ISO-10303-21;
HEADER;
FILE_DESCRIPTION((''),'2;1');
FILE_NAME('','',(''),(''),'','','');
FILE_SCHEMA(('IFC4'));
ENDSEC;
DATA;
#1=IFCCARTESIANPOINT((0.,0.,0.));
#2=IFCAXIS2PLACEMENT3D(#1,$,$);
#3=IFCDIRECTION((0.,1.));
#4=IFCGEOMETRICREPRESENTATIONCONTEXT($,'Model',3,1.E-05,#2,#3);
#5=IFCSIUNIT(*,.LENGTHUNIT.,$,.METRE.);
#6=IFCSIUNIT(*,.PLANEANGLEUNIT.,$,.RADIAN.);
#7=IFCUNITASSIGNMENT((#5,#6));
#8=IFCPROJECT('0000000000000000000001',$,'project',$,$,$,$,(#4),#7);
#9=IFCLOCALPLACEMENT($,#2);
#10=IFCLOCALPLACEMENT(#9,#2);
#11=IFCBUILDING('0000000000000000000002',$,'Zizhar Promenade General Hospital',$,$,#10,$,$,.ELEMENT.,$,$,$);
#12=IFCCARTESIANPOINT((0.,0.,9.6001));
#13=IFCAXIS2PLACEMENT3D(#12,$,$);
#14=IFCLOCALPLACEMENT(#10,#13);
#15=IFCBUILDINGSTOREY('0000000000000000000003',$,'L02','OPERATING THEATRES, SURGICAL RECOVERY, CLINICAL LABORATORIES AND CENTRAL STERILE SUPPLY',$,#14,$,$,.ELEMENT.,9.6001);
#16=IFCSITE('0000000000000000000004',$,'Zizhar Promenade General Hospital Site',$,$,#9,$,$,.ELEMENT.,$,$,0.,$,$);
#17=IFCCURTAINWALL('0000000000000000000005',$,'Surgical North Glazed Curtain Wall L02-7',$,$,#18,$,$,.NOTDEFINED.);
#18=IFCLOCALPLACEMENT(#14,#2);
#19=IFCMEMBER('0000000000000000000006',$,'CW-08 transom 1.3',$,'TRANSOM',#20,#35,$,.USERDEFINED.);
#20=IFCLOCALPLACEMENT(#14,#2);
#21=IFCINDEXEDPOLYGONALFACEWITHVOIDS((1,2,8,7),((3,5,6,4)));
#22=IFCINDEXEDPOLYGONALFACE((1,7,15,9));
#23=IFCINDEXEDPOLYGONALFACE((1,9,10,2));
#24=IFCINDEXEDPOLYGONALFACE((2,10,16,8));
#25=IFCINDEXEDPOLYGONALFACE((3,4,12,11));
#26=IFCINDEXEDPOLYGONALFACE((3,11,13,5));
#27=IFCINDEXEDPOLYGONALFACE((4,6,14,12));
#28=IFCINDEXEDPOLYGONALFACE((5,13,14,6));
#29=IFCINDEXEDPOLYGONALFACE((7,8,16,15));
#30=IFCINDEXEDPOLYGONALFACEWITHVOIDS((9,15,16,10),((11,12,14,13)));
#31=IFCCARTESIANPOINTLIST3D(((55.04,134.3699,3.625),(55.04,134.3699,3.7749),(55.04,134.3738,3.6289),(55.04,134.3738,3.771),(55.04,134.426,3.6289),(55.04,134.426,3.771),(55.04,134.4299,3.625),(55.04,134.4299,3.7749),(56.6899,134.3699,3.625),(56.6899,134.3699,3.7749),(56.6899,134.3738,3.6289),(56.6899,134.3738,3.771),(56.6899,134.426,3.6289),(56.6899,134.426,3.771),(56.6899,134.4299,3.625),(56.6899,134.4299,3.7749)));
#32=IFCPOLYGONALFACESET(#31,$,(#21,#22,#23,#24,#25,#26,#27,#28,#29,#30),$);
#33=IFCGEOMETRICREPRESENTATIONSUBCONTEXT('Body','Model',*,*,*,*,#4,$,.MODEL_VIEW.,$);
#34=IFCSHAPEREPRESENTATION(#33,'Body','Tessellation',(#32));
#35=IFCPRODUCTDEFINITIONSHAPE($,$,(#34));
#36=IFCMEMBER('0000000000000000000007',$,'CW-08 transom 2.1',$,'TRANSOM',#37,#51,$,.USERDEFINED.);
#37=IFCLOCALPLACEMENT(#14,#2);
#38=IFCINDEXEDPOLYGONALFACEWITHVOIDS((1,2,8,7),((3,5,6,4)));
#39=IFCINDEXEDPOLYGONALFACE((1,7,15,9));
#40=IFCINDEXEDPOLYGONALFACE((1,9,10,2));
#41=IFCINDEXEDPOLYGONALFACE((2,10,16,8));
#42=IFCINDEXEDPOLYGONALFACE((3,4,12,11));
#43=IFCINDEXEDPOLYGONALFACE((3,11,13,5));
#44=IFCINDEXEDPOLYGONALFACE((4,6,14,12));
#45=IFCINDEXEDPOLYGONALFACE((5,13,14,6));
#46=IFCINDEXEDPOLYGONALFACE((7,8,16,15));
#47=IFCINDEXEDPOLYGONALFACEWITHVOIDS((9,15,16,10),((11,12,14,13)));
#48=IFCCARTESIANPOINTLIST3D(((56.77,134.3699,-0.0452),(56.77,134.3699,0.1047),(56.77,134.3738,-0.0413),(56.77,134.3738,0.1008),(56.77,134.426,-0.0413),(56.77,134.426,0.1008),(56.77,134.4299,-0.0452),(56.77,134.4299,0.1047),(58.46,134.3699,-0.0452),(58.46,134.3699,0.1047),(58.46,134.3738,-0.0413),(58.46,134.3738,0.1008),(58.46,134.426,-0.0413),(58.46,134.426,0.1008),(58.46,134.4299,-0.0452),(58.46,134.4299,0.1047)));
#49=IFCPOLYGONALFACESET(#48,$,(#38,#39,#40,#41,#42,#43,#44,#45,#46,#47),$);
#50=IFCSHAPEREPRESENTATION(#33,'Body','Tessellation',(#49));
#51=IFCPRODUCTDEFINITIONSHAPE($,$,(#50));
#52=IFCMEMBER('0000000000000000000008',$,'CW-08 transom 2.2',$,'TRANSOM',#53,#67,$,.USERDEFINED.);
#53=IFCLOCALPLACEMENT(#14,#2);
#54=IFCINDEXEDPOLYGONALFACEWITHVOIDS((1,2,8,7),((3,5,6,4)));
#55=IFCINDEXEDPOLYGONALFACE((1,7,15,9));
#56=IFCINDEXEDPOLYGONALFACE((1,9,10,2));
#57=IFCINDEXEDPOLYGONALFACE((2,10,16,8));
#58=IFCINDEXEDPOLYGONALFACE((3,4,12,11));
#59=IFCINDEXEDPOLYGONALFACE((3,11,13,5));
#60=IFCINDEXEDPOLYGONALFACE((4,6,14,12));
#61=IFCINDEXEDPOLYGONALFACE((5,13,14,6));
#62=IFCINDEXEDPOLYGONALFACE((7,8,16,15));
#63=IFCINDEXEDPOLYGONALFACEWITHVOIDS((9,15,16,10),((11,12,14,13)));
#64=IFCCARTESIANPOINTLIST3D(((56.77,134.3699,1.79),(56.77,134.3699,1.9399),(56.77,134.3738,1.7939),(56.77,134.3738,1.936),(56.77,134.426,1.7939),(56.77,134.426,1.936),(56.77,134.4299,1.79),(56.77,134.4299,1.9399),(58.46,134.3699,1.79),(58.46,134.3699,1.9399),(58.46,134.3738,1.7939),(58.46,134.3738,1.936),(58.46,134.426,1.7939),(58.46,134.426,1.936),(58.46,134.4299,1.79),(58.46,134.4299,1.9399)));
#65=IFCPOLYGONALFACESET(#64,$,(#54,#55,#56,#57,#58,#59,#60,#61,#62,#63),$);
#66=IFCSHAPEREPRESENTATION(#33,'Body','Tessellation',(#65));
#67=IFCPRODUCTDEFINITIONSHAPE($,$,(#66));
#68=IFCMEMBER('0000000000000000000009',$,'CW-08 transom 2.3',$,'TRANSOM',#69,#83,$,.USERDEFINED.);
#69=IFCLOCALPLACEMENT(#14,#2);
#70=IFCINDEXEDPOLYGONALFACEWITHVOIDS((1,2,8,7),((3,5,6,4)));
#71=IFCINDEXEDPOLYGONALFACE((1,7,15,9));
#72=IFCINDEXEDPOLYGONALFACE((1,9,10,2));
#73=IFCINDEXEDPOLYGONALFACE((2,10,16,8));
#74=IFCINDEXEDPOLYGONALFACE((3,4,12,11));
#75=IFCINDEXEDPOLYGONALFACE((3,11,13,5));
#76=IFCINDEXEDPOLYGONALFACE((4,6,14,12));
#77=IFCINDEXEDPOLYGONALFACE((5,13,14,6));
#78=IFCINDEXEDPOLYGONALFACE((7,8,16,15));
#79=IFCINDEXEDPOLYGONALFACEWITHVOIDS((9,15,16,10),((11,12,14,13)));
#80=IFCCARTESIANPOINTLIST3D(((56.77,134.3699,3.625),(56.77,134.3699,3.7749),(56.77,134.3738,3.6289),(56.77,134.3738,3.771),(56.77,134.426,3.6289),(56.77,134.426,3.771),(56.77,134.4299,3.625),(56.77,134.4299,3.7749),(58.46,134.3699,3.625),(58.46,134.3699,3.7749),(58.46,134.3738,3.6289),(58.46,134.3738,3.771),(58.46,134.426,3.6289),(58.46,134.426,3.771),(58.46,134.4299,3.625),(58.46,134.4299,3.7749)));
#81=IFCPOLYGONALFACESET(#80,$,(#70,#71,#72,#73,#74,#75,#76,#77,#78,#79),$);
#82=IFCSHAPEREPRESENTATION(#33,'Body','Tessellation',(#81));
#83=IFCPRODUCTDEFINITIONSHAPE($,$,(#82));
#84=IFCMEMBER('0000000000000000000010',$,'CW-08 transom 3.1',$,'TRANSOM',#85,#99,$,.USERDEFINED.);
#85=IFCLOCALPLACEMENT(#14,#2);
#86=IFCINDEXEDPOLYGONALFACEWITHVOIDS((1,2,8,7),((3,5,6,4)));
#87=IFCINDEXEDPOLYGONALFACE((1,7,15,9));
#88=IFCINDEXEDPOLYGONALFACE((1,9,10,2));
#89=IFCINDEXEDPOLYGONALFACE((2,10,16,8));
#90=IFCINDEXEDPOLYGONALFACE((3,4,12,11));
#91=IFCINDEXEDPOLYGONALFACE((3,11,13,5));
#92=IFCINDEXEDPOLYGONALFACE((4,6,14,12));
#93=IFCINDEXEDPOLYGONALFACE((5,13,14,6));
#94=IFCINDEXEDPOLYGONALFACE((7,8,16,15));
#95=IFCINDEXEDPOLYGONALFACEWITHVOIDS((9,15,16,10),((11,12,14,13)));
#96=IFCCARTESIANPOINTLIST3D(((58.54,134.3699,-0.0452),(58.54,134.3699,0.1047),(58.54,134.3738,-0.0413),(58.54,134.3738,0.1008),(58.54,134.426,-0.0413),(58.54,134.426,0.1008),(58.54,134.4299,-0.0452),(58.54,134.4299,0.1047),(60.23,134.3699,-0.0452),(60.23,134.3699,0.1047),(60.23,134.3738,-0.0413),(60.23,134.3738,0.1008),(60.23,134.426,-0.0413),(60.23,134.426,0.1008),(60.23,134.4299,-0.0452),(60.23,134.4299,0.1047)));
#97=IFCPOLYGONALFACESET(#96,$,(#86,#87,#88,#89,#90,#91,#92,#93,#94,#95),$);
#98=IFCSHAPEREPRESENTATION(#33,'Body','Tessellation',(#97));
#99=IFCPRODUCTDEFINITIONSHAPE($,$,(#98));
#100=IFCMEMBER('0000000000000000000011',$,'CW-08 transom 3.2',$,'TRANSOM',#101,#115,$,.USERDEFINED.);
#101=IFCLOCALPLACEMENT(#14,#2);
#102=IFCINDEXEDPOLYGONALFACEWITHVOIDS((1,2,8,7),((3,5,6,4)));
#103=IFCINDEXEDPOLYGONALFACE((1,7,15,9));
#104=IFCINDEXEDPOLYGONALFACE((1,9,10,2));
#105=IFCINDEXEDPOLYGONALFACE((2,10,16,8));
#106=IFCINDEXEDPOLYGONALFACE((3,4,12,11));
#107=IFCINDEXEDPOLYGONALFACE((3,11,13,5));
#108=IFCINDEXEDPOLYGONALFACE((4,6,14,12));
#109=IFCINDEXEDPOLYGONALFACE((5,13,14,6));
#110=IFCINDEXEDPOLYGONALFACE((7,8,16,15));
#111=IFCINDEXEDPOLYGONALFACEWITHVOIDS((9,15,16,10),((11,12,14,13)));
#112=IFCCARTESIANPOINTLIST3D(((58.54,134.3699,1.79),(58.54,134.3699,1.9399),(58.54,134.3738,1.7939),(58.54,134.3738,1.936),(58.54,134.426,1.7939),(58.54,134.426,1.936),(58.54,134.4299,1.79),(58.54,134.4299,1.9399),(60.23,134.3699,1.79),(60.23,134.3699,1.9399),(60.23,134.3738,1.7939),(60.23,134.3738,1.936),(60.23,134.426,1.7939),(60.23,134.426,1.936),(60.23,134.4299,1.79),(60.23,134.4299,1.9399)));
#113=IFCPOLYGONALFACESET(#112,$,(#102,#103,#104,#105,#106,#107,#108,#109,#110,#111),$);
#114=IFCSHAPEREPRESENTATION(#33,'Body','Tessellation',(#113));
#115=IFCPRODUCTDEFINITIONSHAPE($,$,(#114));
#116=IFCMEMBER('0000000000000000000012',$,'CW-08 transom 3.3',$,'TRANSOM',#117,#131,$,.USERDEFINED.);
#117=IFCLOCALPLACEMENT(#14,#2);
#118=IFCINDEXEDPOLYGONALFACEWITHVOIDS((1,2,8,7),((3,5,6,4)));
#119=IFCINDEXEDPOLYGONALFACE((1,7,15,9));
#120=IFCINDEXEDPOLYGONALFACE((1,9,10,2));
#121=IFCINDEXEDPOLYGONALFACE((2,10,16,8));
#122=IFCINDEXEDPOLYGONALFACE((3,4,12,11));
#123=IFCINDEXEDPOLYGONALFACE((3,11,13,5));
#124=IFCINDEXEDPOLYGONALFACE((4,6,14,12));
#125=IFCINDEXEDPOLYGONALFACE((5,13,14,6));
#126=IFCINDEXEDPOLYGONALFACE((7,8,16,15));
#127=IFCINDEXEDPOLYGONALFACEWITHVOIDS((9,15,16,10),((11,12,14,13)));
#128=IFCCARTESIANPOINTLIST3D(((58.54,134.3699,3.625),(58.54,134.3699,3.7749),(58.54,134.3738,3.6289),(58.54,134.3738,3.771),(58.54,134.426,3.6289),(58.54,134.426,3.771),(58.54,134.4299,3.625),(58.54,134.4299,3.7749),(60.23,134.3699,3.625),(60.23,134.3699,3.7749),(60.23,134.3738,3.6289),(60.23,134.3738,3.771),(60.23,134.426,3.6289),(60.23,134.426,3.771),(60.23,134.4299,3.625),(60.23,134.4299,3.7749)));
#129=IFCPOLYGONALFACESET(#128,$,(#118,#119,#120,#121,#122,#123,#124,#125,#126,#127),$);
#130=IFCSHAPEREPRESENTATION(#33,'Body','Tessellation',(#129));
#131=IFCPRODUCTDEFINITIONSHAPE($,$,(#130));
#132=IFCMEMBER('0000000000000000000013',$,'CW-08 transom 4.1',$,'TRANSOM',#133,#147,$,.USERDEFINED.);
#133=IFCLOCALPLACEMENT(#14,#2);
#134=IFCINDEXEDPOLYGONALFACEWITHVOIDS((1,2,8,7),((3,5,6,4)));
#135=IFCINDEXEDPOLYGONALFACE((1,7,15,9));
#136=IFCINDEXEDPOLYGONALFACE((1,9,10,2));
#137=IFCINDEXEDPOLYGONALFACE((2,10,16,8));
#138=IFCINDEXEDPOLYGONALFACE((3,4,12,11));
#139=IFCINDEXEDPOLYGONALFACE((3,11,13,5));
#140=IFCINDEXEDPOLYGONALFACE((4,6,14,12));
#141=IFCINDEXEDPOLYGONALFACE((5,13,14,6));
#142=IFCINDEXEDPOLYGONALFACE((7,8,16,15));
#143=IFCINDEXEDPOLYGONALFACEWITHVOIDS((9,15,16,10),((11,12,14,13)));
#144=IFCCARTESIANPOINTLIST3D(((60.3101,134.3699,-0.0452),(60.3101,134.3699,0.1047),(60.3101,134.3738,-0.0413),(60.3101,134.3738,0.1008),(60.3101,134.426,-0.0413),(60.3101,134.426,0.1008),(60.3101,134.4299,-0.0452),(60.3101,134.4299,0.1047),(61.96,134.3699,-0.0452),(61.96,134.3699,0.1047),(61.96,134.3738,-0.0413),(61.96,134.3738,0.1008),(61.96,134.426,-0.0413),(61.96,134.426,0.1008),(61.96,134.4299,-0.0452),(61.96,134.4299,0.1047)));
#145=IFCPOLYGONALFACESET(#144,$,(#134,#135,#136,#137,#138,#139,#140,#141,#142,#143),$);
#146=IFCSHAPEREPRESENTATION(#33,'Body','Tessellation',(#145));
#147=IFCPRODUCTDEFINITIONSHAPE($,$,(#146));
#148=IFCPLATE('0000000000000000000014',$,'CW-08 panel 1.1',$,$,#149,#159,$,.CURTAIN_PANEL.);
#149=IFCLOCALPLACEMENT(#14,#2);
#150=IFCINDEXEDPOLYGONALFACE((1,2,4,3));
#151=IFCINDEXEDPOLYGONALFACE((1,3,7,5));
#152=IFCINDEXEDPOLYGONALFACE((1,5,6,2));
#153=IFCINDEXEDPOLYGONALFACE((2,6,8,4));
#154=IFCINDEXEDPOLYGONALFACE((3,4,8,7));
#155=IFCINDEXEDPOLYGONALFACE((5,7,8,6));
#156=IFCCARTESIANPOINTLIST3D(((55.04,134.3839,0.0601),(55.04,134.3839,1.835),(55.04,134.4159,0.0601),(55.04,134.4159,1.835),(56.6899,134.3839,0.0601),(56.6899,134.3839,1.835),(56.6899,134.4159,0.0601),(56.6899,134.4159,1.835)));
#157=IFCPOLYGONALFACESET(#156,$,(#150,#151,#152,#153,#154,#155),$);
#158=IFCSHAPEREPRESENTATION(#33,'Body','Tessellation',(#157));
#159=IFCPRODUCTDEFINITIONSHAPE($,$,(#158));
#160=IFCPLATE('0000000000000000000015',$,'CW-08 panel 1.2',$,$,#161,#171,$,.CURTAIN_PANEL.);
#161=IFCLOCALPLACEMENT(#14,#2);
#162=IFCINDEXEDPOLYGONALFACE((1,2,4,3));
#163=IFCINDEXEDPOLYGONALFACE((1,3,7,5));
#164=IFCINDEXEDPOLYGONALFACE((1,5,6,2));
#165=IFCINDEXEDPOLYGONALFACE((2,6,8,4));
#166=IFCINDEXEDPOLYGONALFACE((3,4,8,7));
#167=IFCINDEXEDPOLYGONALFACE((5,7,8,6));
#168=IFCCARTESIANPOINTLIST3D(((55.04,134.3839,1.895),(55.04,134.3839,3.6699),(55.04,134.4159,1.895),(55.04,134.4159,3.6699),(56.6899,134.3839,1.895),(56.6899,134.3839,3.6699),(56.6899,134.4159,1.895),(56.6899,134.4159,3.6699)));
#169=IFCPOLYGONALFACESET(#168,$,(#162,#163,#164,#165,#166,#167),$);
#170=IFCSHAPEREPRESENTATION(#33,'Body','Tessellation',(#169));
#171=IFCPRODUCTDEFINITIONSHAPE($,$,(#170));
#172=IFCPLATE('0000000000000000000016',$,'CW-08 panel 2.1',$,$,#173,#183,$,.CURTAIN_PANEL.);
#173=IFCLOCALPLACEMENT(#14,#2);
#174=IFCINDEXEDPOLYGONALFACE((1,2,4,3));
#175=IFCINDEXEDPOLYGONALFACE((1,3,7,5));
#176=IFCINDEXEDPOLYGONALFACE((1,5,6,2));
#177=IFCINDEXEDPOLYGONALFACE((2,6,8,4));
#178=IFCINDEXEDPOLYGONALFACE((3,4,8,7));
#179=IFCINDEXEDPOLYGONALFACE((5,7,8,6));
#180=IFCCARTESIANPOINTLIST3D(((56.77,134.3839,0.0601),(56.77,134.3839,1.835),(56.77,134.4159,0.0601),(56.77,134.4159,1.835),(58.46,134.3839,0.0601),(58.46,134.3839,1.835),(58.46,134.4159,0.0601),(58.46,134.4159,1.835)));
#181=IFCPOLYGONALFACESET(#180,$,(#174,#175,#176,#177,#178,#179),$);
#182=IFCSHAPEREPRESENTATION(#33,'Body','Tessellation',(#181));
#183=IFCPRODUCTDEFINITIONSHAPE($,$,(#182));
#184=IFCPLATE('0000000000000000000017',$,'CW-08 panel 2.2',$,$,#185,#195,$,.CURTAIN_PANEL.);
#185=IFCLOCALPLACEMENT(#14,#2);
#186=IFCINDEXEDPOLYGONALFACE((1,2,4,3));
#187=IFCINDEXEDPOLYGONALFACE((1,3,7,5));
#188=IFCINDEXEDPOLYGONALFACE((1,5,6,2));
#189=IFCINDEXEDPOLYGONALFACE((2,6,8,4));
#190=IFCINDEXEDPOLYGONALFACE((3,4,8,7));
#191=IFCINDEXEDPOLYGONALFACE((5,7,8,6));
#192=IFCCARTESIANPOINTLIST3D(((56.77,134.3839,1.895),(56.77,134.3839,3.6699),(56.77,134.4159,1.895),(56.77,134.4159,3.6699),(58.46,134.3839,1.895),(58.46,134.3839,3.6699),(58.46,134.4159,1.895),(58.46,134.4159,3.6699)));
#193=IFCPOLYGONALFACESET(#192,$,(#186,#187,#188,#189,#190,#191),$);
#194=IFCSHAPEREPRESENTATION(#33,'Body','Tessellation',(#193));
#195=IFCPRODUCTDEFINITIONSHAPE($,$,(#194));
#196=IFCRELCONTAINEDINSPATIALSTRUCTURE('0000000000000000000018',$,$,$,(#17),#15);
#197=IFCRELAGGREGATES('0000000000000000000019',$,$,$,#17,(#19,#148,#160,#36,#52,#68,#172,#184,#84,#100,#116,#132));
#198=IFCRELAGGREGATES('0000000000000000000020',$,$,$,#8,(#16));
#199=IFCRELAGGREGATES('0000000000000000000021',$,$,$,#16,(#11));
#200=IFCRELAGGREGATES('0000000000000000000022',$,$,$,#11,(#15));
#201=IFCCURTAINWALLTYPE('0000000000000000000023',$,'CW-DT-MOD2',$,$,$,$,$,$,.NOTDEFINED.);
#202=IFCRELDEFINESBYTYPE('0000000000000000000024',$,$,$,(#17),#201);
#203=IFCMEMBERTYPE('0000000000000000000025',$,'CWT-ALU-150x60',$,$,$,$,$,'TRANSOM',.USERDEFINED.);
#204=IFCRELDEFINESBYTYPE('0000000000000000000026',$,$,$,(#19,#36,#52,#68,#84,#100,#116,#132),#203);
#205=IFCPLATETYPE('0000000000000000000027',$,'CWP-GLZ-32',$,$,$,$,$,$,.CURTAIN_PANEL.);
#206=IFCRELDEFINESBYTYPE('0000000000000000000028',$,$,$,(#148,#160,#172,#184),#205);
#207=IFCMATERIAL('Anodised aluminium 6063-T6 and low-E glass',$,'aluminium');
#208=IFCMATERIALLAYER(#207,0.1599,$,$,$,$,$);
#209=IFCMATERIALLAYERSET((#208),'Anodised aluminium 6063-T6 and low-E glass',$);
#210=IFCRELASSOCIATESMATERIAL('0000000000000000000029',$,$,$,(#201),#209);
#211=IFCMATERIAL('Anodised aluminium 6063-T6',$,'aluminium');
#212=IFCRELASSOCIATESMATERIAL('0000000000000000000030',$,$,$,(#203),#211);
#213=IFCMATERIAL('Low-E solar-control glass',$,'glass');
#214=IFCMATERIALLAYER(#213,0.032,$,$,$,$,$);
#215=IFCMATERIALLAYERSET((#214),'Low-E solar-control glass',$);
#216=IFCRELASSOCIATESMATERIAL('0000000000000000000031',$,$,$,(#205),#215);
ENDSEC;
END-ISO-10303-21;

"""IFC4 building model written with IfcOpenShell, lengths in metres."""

from ifc_helpers import new_model, si_unit, direction, frame, origin, origin_2d, place, context, subcontext, project, spatial, rectangle, hollow_rectangle, extrude, material, layer, layer_set, material_profile, profile_set, type_object, element, aggregate, save


model = new_model("IFC4")

# Units and contexts
model_context = context("Model", 3, precision=1e-05, world=origin(), true_north=direction((0.0, 1.0)))
body_context = subcontext(model_context, "Body", "Model", "MODEL_VIEW")
ifc_project = project(units=[si_unit("LENGTHUNIT", "METRE"), si_unit("PLANEANGLEUNIT", "RADIAN")], contexts=[model_context])

# Site, building, storey
site_placement = place(None, origin())
site = spatial("IfcSite", under=ifc_project, at=site_placement, Name="Zizhar Promenade General Hospital Site", CompositionType="ELEMENT", RefElevation=0.0)
building_placement = place(site_placement, origin())
building = spatial("IfcBuilding", under=site, at=building_placement, Name="Zizhar Promenade General Hospital", CompositionType="ELEMENT")
storey_placement = place(building_placement, frame((0.0, 0.0, 9.6001)))
storey = spatial("IfcBuildingStorey", under=building, at=storey_placement, Name="L02", Description="OPERATING THEATRES, SURGICAL RECOVERY, CLINICAL LABORATORIES AND CENTRAL STERILE SUPPLY", CompositionType="ELEMENT", Elevation=9.6001)

# Curtain wall, members, plates
ifc_material_1 = material(Name="Anodised aluminium 6063-T6 and low-E glass", Category="aluminium")
ifc_layer_1 = layer(ifc_material_1, 0.1599)
ifc_layer_set_1 = layer_set([ifc_layer_1], Name="Anodised aluminium 6063-T6 and low-E glass")
curtain_wall_type = type_object("IfcCurtainWallType", Name="CW-DT-MOD2", PredefinedType="NOTDEFINED", material=ifc_layer_set_1)
curtain_wall_placement = place(storey_placement, origin())
curtain_wall = element("IfcCurtainWall", 1, at=curtain_wall_placement, inside=storey, type_object=curtain_wall_type, Name="Surgical North Glazed Curtain Wall L02-7", PredefinedType="NOTDEFINED")
ifc_material_2 = material(Name="Anodised aluminium 6063-T6", Category="aluminium")
ifc_material_profile_1 = material_profile(ifc_material_2, hollow_rectangle(XDim=0.0601, YDim=0.1499, WallThickness=0.0039, at=origin_2d()))
ifc_profile_set_1 = profile_set([ifc_material_profile_1], Name="Anodised aluminium 6063-T6")
member_type_1 = type_object("IfcMemberType", Name="CWT-ALU-150x60", ElementType="TRANSOM", PredefinedType="USERDEFINED", material=ifc_profile_set_1)
member_1_placement = place(storey_placement, frame((55.04, 134.3999, 3.7), z_axis=(1.0, 0.0, 0.0), x_axis=(0.0, 1.0, 0.0)))
member_1 = element("IfcMember", 2, at=member_1_placement, type_object=member_type_1, Name="CW-08 transom 1.3", ObjectType="TRANSOM", PredefinedType="USERDEFINED", context=body_context, shape_type="SweptSolid", body=[
    extrude(hollow_rectangle(XDim=0.0601, YDim=0.1499, WallThickness=0.0039, at=origin_2d()), origin(), (0.0, 0.0, 1.0), 1.6499),
])
member_2_placement = place(storey_placement, frame((56.77, 134.3999, 0.0298), z_axis=(1.0, 0.0, 0.0), x_axis=(0.0, 1.0, 0.0)))
member_2 = element("IfcMember", 3, at=member_2_placement, type_object=member_type_1, Name="CW-08 transom 2.1", ObjectType="TRANSOM", PredefinedType="USERDEFINED", context=body_context, shape_type="SweptSolid", body=[
    extrude(hollow_rectangle(XDim=0.0601, YDim=0.1499, WallThickness=0.0039, at=origin_2d()), origin(), (0.0, 0.0, 1.0), 1.6899),
])
member_3_placement = place(storey_placement, frame((56.77, 134.3999, 1.865), z_axis=(1.0, 0.0, 0.0), x_axis=(0.0, 1.0, 0.0)))
member_3 = element("IfcMember", 4, at=member_3_placement, type_object=member_type_1, Name="CW-08 transom 2.2", ObjectType="TRANSOM", PredefinedType="USERDEFINED", context=body_context, shape_type="SweptSolid", body=[
    extrude(hollow_rectangle(XDim=0.0601, YDim=0.1499, WallThickness=0.0039, at=origin_2d()), origin(), (0.0, 0.0, 1.0), 1.6899),
])
member_4_placement = place(storey_placement, frame((56.77, 134.3999, 3.7), z_axis=(1.0, 0.0, 0.0), x_axis=(0.0, 1.0, 0.0)))
member_4 = element("IfcMember", 5, at=member_4_placement, type_object=member_type_1, Name="CW-08 transom 2.3", ObjectType="TRANSOM", PredefinedType="USERDEFINED", context=body_context, shape_type="SweptSolid", body=[
    extrude(hollow_rectangle(XDim=0.0601, YDim=0.1499, WallThickness=0.0039, at=origin_2d()), origin(), (0.0, 0.0, 1.0), 1.6899),
])
member_5_placement = place(storey_placement, frame((58.54, 134.3999, 0.0298), z_axis=(1.0, 0.0, 0.0), x_axis=(0.0, 1.0, 0.0)))
member_5 = element("IfcMember", 6, at=member_5_placement, type_object=member_type_1, Name="CW-08 transom 3.1", ObjectType="TRANSOM", PredefinedType="USERDEFINED", context=body_context, shape_type="SweptSolid", body=[
    extrude(hollow_rectangle(XDim=0.0601, YDim=0.1499, WallThickness=0.0039, at=origin_2d()), origin(), (0.0, 0.0, 1.0), 1.6899),
])
member_6_placement = place(storey_placement, frame((58.54, 134.3999, 1.865), z_axis=(1.0, 0.0, 0.0), x_axis=(0.0, 1.0, 0.0)))
member_6 = element("IfcMember", 7, at=member_6_placement, type_object=member_type_1, Name="CW-08 transom 3.2", ObjectType="TRANSOM", PredefinedType="USERDEFINED", context=body_context, shape_type="SweptSolid", body=[
    extrude(hollow_rectangle(XDim=0.0601, YDim=0.1499, WallThickness=0.0039, at=origin_2d()), origin(), (0.0, 0.0, 1.0), 1.6899),
])
member_7_placement = place(storey_placement, frame((58.54, 134.3999, 3.7), z_axis=(1.0, 0.0, 0.0), x_axis=(0.0, 1.0, 0.0)))
member_7 = element("IfcMember", 8, at=member_7_placement, type_object=member_type_1, Name="CW-08 transom 3.3", ObjectType="TRANSOM", PredefinedType="USERDEFINED", context=body_context, shape_type="SweptSolid", body=[
    extrude(hollow_rectangle(XDim=0.0601, YDim=0.1499, WallThickness=0.0039, at=origin_2d()), origin(), (0.0, 0.0, 1.0), 1.6899),
])
member_8_placement = place(storey_placement, frame((60.3101, 134.3999, 0.0298), z_axis=(1.0, 0.0, 0.0), x_axis=(0.0, 1.0, 0.0)))
member_8 = element("IfcMember", 9, at=member_8_placement, type_object=member_type_1, Name="CW-08 transom 4.1", ObjectType="TRANSOM", PredefinedType="USERDEFINED", context=body_context, shape_type="SweptSolid", body=[
    extrude(hollow_rectangle(XDim=0.0601, YDim=0.1499, WallThickness=0.0039, at=origin_2d()), origin(), (0.0, 0.0, 1.0), 1.6499),
])
ifc_material_3 = material(Name="Low-E solar-control glass", Category="glass")
ifc_layer_2 = layer(ifc_material_3, 0.032)
ifc_layer_set_2 = layer_set([ifc_layer_2], Name="Low-E solar-control glass")
plate_type = type_object("IfcPlateType", Name="CWP-GLZ-32", PredefinedType="CURTAIN_PANEL", material=ifc_layer_set_2)
plate_1_placement = place(storey_placement, frame((55.865, 134.3999, 0.0601), z_axis=(0.0, 0.0, 1.0), x_axis=(1.0, 0.0, 0.0)))
plate_1 = element("IfcPlate", 10, at=plate_1_placement, type_object=plate_type, Name="CW-08 panel 1.1", PredefinedType="CURTAIN_PANEL", context=body_context, shape_type="SweptSolid", body=[
    extrude(rectangle(XDim=1.6499, YDim=0.032, at=origin_2d()), origin(), (0.0, 0.0, 1.0), 1.7749),
])
plate_2_placement = place(storey_placement, frame((55.865, 134.3999, 1.895), z_axis=(0.0, 0.0, 1.0), x_axis=(1.0, 0.0, 0.0)))
plate_2 = element("IfcPlate", 11, at=plate_2_placement, type_object=plate_type, Name="CW-08 panel 1.2", PredefinedType="CURTAIN_PANEL", context=body_context, shape_type="SweptSolid", body=[
    extrude(rectangle(XDim=1.6499, YDim=0.032, at=origin_2d()), origin(), (0.0, 0.0, 1.0), 1.7749),
])
plate_3_placement = place(storey_placement, frame((57.615, 134.3999, 0.0601), z_axis=(0.0, 0.0, 1.0), x_axis=(1.0, 0.0, 0.0)))
plate_3 = element("IfcPlate", 12, at=plate_3_placement, type_object=plate_type, Name="CW-08 panel 2.1", PredefinedType="CURTAIN_PANEL", context=body_context, shape_type="SweptSolid", body=[
    extrude(rectangle(XDim=1.6899, YDim=0.032, at=origin_2d()), origin(), (0.0, 0.0, 1.0), 1.7749),
])
plate_4_placement = place(storey_placement, frame((57.615, 134.3999, 1.895), z_axis=(0.0, 0.0, 1.0), x_axis=(1.0, 0.0, 0.0)))
plate_4 = element("IfcPlate", 13, at=plate_4_placement, type_object=plate_type, Name="CW-08 panel 2.2", PredefinedType="CURTAIN_PANEL", context=body_context, shape_type="SweptSolid", body=[
    extrude(rectangle(XDim=1.6899, YDim=0.032, at=origin_2d()), origin(), (0.0, 0.0, 1.0), 1.7749),
])
aggregate(curtain_wall, [member_1, plate_1, plate_2, member_2, member_3, member_4, plate_3, plate_4, member_5, member_6, member_7, member_8])

save(model, "model.ifc")
